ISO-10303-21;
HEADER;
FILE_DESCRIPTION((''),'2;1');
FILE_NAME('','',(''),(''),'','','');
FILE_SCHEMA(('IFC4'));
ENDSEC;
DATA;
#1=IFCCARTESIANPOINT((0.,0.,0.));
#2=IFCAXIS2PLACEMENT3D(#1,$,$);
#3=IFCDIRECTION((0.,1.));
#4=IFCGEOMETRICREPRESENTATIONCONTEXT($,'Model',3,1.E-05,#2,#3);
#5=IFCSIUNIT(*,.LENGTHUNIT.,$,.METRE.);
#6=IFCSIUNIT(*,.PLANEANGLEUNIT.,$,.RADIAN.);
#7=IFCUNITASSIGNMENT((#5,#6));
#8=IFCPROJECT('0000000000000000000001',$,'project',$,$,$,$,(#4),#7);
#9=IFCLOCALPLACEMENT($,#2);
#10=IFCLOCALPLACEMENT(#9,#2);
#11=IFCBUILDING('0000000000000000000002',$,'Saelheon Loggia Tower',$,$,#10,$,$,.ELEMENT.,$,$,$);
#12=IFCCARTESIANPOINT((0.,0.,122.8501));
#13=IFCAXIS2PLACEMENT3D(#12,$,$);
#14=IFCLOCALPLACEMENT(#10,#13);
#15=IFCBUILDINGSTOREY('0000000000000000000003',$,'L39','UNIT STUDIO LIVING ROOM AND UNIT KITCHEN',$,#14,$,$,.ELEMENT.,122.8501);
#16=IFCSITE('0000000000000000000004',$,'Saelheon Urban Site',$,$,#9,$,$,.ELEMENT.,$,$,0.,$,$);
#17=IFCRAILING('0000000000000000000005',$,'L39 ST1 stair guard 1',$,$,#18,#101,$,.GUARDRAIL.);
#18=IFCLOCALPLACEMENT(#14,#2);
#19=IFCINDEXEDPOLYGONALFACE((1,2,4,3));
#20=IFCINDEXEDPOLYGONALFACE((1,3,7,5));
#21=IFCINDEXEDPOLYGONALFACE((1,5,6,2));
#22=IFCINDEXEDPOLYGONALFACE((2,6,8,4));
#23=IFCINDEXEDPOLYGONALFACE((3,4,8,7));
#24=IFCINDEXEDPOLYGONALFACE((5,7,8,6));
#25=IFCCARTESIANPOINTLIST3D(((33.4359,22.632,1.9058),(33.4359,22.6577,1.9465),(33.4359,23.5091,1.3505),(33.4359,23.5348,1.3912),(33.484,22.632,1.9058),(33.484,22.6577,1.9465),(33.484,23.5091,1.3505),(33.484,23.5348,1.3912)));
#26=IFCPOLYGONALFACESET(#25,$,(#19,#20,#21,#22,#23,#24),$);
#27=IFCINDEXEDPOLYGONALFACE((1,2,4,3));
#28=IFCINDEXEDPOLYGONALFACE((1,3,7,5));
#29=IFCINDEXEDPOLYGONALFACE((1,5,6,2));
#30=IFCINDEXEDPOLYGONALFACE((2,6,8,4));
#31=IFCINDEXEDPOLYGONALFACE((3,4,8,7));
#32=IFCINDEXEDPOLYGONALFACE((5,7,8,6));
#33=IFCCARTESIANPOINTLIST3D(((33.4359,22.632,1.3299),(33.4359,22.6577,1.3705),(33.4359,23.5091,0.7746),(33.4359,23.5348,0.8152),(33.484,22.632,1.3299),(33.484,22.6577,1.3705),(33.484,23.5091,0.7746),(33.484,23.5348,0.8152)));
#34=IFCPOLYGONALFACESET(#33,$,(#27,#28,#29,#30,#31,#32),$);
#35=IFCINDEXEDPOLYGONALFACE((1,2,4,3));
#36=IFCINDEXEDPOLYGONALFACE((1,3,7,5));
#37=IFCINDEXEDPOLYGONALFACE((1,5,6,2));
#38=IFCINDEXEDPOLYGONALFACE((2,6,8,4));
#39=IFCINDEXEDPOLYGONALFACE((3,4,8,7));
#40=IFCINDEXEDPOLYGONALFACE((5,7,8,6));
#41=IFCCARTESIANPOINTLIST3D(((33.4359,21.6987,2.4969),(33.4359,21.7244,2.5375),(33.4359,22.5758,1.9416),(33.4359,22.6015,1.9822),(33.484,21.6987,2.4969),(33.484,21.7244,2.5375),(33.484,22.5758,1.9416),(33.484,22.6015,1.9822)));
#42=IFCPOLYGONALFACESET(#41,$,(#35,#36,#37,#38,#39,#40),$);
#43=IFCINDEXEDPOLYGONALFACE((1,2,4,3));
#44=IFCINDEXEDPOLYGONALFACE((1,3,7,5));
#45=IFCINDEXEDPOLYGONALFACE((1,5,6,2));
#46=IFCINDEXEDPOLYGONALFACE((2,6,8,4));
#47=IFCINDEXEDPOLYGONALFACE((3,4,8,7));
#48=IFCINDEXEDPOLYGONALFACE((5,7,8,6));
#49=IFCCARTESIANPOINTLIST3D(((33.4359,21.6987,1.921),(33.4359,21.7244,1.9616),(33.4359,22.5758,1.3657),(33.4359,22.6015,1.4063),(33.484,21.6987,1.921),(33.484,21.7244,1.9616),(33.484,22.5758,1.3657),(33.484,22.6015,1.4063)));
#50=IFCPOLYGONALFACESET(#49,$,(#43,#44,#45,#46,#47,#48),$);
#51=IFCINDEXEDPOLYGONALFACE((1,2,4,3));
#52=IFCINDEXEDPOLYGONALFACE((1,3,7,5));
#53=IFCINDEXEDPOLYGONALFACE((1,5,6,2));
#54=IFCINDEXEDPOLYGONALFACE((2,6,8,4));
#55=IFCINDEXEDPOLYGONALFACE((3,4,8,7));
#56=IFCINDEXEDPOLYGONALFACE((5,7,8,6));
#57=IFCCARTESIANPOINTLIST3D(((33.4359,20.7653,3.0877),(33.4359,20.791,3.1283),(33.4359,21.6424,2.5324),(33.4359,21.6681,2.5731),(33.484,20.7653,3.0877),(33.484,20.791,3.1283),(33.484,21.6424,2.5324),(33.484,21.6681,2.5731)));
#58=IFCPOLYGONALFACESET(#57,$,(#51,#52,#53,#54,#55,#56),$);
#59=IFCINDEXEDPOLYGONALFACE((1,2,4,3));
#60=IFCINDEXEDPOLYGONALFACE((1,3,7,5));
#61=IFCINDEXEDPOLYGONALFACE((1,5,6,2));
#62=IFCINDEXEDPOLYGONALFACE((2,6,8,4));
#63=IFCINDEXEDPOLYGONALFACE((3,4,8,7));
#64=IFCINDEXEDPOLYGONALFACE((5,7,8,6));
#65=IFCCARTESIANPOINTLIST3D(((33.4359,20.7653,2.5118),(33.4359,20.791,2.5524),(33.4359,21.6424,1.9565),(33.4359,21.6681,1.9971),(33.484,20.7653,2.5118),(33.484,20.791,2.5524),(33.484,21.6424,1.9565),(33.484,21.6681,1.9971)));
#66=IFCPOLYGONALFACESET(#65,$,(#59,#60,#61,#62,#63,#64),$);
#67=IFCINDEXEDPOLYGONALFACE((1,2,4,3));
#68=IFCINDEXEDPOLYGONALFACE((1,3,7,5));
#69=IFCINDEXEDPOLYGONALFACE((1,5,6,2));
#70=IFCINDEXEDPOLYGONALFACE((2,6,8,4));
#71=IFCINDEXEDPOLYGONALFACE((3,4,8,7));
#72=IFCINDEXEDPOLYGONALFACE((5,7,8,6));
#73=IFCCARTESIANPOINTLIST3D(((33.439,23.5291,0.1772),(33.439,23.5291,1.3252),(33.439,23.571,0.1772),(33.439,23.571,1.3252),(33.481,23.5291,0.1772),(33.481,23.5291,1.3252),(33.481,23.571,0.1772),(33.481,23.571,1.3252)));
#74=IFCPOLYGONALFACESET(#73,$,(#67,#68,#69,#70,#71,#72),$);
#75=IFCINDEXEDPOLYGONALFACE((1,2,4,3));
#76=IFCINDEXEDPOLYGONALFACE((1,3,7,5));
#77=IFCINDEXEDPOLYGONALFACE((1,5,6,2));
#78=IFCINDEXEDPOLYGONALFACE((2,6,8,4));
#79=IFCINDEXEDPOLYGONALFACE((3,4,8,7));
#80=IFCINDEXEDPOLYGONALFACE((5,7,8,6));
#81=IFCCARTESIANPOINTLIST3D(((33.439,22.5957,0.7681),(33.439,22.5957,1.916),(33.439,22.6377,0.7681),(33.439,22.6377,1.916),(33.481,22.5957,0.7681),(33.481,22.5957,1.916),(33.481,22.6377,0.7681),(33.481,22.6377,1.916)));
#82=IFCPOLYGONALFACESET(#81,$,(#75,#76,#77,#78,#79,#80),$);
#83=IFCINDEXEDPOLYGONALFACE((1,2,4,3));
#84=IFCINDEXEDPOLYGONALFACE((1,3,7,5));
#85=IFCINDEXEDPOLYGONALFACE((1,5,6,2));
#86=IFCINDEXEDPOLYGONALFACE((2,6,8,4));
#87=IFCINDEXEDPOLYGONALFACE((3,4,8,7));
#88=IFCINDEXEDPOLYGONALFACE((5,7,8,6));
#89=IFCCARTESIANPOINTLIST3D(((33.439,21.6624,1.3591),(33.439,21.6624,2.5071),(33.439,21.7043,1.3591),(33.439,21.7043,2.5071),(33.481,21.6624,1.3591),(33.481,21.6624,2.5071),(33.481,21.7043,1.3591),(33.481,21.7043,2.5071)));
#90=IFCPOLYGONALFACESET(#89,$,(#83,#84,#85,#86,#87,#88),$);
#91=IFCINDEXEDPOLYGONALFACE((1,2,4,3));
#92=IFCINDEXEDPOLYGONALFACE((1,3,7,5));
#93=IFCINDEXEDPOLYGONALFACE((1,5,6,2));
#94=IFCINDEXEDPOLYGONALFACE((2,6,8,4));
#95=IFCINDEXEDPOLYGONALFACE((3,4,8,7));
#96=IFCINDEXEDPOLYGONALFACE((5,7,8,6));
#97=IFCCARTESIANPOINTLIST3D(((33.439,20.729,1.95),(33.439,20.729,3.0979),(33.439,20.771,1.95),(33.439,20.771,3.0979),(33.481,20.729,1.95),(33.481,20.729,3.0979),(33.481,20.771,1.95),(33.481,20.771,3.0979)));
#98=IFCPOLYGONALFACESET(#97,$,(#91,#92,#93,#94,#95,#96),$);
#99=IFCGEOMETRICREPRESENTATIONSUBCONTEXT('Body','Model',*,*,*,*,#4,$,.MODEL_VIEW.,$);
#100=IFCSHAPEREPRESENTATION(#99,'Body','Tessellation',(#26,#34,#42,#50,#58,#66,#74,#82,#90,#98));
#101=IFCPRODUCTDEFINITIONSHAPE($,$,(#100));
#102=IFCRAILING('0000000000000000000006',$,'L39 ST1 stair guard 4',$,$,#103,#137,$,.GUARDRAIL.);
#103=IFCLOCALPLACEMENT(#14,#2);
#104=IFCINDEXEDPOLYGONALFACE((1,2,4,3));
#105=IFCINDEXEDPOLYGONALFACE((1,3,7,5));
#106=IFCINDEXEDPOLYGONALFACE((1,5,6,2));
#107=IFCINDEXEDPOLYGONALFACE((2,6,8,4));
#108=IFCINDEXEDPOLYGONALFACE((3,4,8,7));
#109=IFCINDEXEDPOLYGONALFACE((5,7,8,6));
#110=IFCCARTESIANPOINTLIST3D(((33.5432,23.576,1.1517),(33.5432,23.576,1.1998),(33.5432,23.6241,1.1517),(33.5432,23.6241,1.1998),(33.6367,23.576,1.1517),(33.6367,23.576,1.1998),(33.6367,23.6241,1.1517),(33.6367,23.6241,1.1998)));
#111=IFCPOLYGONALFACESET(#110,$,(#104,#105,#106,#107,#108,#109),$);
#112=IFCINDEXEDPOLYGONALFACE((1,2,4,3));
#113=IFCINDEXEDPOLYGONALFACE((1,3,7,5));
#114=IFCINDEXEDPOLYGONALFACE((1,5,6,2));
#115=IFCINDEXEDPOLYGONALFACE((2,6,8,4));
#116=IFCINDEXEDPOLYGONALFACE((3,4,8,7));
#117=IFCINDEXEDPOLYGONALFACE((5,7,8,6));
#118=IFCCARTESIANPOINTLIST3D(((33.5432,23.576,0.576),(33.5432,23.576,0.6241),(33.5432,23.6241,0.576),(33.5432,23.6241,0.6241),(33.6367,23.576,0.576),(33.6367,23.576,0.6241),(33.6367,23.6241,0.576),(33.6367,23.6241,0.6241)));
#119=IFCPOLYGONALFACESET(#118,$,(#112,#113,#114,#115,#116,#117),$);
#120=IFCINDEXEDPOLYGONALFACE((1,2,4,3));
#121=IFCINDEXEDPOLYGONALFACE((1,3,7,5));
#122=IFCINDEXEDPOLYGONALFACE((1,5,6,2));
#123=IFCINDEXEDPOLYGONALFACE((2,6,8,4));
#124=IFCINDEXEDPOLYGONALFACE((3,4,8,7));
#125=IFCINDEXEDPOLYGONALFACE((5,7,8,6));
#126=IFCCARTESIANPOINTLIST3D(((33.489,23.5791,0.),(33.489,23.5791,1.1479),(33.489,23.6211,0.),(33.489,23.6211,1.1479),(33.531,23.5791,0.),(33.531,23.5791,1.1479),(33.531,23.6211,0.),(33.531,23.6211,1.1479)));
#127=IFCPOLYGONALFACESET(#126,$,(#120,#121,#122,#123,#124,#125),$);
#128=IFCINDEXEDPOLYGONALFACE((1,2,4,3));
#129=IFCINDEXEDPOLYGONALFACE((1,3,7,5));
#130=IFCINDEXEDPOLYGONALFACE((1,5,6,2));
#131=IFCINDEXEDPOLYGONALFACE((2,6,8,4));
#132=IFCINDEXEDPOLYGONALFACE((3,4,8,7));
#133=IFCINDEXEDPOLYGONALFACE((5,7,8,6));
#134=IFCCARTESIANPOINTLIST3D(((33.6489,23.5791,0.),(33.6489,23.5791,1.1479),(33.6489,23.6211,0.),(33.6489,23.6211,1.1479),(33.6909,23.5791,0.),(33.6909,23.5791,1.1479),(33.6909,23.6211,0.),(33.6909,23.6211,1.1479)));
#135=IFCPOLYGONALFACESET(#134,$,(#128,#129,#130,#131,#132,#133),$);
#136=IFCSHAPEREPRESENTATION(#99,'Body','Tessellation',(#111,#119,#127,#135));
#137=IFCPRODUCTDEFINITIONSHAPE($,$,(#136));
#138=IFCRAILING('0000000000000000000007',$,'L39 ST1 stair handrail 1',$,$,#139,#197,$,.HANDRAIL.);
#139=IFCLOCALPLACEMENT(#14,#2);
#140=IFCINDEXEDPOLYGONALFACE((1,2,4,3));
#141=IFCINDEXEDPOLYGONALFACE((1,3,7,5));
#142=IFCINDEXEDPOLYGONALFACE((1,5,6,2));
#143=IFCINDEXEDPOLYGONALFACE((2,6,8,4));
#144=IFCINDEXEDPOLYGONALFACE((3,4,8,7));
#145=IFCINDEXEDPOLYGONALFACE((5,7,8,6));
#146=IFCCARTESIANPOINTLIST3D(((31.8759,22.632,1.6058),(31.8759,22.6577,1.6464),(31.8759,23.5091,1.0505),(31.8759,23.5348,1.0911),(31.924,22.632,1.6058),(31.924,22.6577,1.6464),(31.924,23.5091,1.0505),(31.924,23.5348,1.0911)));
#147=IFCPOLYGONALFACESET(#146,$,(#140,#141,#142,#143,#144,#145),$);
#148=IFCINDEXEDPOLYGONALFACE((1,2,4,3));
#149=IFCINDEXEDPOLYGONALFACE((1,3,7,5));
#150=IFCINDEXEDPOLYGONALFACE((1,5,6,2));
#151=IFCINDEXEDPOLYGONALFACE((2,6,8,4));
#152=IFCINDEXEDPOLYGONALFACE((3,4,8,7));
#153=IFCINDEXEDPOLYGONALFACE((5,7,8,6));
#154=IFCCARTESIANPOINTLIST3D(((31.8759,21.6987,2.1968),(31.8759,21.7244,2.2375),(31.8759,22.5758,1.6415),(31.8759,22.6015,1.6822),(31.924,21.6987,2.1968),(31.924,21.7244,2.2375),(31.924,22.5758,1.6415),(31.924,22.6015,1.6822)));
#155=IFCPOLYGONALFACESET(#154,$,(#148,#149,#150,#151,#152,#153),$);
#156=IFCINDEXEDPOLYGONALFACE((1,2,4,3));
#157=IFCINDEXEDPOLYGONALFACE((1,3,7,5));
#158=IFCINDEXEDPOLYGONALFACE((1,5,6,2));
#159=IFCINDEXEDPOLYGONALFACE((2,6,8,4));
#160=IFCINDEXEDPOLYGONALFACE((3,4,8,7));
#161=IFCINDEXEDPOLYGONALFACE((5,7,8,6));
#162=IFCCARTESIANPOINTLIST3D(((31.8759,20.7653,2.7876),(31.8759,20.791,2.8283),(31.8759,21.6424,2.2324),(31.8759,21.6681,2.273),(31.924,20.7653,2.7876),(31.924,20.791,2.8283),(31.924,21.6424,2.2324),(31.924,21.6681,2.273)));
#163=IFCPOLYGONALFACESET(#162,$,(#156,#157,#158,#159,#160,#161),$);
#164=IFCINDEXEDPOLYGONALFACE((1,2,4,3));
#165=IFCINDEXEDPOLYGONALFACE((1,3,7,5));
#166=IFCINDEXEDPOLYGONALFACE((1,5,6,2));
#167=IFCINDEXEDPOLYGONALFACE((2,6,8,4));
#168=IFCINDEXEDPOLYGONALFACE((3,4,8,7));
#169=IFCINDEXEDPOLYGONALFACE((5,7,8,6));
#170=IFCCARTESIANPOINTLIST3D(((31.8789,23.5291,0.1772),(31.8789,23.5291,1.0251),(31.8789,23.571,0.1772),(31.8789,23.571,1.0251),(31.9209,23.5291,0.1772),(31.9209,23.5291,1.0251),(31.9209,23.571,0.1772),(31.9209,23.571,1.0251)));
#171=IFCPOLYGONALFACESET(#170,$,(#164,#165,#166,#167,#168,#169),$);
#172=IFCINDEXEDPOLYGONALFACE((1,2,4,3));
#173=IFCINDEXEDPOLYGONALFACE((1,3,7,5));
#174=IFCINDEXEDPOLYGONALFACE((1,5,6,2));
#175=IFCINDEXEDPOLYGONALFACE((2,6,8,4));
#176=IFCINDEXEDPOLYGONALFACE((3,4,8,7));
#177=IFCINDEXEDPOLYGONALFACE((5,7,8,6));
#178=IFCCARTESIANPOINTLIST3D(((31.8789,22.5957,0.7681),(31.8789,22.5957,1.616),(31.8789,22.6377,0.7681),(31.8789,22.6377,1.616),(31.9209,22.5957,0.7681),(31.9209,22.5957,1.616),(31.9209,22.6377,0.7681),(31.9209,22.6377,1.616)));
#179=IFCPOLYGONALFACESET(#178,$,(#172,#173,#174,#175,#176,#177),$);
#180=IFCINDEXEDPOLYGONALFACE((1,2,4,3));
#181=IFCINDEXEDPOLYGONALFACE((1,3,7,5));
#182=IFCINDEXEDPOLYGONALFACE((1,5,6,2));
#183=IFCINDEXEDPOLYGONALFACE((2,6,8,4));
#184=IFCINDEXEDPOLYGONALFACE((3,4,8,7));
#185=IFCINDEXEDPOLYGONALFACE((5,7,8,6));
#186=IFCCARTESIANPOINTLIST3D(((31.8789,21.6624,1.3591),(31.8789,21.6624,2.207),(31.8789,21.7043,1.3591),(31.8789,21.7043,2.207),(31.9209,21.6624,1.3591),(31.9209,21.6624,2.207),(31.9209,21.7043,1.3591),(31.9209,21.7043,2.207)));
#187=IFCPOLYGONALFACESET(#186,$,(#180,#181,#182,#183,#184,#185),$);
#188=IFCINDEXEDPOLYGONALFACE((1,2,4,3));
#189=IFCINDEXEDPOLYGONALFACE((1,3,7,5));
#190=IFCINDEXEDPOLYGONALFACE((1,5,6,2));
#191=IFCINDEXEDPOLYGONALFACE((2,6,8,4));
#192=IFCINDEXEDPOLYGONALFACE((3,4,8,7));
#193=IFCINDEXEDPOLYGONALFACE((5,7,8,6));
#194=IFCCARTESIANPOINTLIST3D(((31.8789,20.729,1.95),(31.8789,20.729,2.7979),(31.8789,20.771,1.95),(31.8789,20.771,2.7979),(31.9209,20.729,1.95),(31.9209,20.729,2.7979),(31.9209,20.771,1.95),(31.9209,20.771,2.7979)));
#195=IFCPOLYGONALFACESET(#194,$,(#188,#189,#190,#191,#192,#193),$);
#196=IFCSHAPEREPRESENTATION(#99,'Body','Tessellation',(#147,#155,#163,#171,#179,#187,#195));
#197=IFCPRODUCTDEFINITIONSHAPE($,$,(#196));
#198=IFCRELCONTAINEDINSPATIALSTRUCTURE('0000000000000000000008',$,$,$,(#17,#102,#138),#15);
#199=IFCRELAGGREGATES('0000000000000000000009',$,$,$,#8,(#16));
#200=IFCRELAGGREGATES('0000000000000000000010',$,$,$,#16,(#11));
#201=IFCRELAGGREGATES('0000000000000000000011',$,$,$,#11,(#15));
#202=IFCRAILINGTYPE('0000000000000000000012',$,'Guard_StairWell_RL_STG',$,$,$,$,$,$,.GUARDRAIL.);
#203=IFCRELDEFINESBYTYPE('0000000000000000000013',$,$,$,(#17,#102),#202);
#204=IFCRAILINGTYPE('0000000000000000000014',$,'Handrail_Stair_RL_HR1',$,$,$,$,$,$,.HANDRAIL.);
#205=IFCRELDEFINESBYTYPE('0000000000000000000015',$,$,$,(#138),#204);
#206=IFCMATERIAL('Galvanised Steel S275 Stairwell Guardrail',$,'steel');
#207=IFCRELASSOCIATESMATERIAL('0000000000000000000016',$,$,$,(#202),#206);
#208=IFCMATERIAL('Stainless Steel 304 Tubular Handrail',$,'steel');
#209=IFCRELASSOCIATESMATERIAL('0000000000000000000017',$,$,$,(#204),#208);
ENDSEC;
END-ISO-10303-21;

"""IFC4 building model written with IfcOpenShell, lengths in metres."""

from ifc_helpers import new_model, si_unit, direction, frame, origin, origin_2d, place, context, subcontext, project, spatial, rectangle, extrude, material, type_object, element, save


model = new_model("IFC4")

# Units and contexts
model_context = context("Model", 3, precision=1e-05, world=origin(), true_north=direction((0.0, 1.0)))
body_context = subcontext(model_context, "Body", "Model", "MODEL_VIEW")
ifc_project = project(units=[si_unit("LENGTHUNIT", "METRE"), si_unit("PLANEANGLEUNIT", "RADIAN")], contexts=[model_context])

# Site, building, storey
site_placement = place(None, origin())
site = spatial("IfcSite", under=ifc_project, at=site_placement, Name="Saelheon Urban Site", CompositionType="ELEMENT", RefElevation=0.0)
building_placement = place(site_placement, origin())
building = spatial("IfcBuilding", under=site, at=building_placement, Name="Saelheon Loggia Tower", CompositionType="ELEMENT")
storey_placement = place(building_placement, frame((0.0, 0.0, 122.8501)))
storey = spatial("IfcBuildingStorey", under=building, at=storey_placement, Name="L39", Description="UNIT STUDIO LIVING ROOM AND UNIT KITCHEN", CompositionType="ELEMENT", Elevation=122.8501)

# Railings
ifc_material_1 = material(Name="Galvanised Steel S275 Stairwell Guardrail", Category="steel")
railing_type_1 = type_object("IfcRailingType", Name="Guard_StairWell_RL_STG", PredefinedType="GUARDRAIL", material=ifc_material_1)
railing_1_placement = place(storey_placement, frame((33.46, 23.55, 0.1772)))
element("IfcRailing", 1, at=railing_1_placement, inside=storey, type_object=railing_type_1, Name="L39 ST1 stair guard 1", PredefinedType="GUARDRAIL", context=body_context, shape_type="SweptSolid", body=[
    extrude(rectangle(XDim=0.0481, YDim=0.0481, at=origin_2d()), frame((0.0, -0.0281, 1.1936), z_axis=(0.0, -0.844909, 0.53491), x_axis=(1.0, 0.0, 0.0)), (0.0, 0.0, 1.0), 1.0381),
    extrude(rectangle(XDim=0.0481, YDim=0.0481, at=origin_2d()), frame((0.0, -0.0281, 0.6177), z_axis=(0.0, -0.844909, 0.53491), x_axis=(1.0, 0.0, 0.0)), (0.0, 0.0, 1.0), 1.0381),
    extrude(rectangle(XDim=0.0481, YDim=0.0481, at=origin_2d()), frame((0.0, -0.9614, 1.7847), z_axis=(0.0, -0.844909, 0.53491), x_axis=(1.0, 0.0, 0.0)), (0.0, 0.0, 1.0), 1.0381),
    extrude(rectangle(XDim=0.0481, YDim=0.0481, at=origin_2d()), frame((0.0, -0.9614, 1.2087), z_axis=(0.0, -0.844909, 0.53491), x_axis=(1.0, 0.0, 0.0)), (0.0, 0.0, 1.0), 1.0381),
    extrude(rectangle(XDim=0.0481, YDim=0.0481, at=origin_2d()), frame((0.0, -1.8948, 2.3755), z_axis=(0.0, -0.844909, 0.53491), x_axis=(1.0, 0.0, 0.0)), (0.0, 0.0, 1.0), 1.0381),
    extrude(rectangle(XDim=0.0481, YDim=0.0481, at=origin_2d()), frame((0.0, -1.8948, 1.7996), z_axis=(0.0, -0.844909, 0.53491), x_axis=(1.0, 0.0, 0.0)), (0.0, 0.0, 1.0), 1.0381),
    extrude(rectangle(XDim=0.042, YDim=0.042, at=origin_2d()), origin(), (0.0, 0.0, 1.0), 1.1479),
    extrude(rectangle(XDim=0.042, YDim=0.042, at=origin_2d()), frame((0.0, -0.9333, 0.5908)), (0.0, 0.0, 1.0), 1.1479),
    extrude(rectangle(XDim=0.042, YDim=0.042, at=origin_2d()), frame((0.0, -1.8667, 1.1819)), (0.0, 0.0, 1.0), 1.1479),
    extrude(rectangle(XDim=0.042, YDim=0.042, at=origin_2d()), frame((0.0, -2.8, 1.7727)), (0.0, 0.0, 1.0), 1.1479),
])
railing_2_placement = place(storey_placement, frame((33.51, 23.6001, 0.0)))
element("IfcRailing", 2, at=railing_2_placement, inside=storey, type_object=railing_type_1, Name="L39 ST1 stair guard 4", PredefinedType="GUARDRAIL", context=body_context, shape_type="SweptSolid", body=[
    extrude(rectangle(XDim=0.0481, YDim=0.0481, at=origin_2d()), frame((0.0332, 0.0, 1.1758), z_axis=(1.0, 0.0, 0.0), x_axis=(0.0, 1.0, 0.0)), (0.0, 0.0, 1.0), 0.0935),
    extrude(rectangle(XDim=0.0481, YDim=0.0481, at=origin_2d()), frame((0.0332, 0.0, 0.6001), z_axis=(1.0, 0.0, 0.0), x_axis=(0.0, 1.0, 0.0)), (0.0, 0.0, 1.0), 0.0935),
    extrude(rectangle(XDim=0.042, YDim=0.042, at=origin_2d()), origin(), (0.0, 0.0, 1.0), 1.1479),
    extrude(rectangle(XDim=0.042, YDim=0.042, at=origin_2d()), frame((0.1599, 0.0, 0.0)), (0.0, 0.0, 1.0), 1.1479),
])
ifc_material_2 = material(Name="Stainless Steel 304 Tubular Handrail", Category="steel")
railing_type_2 = type_object("IfcRailingType", Name="Handrail_Stair_RL_HR1", PredefinedType="HANDRAIL", material=ifc_material_2)
railing_3_placement = place(storey_placement, frame((31.8999, 23.55, 0.1772)))
element("IfcRailing", 3, at=railing_3_placement, inside=storey, type_object=railing_type_2, Name="L39 ST1 stair handrail 1", PredefinedType="HANDRAIL", context=body_context, shape_type="SweptSolid", body=[
    extrude(rectangle(XDim=0.0481, YDim=0.0481, at=origin_2d()), frame((0.0, -0.0281, 0.8936), z_axis=(0.0, -0.844909, 0.53491), x_axis=(1.0, 0.0, 0.0)), (0.0, 0.0, 1.0), 1.0381),
    extrude(rectangle(XDim=0.0481, YDim=0.0481, at=origin_2d()), frame((0.0, -0.9614, 1.4846), z_axis=(0.0, -0.844909, 0.53491), x_axis=(1.0, 0.0, 0.0)), (0.0, 0.0, 1.0), 1.0381),
    extrude(rectangle(XDim=0.0481, YDim=0.0481, at=origin_2d()), frame((0.0, -1.8948, 2.0754), z_axis=(0.0, -0.844909, 0.53491), x_axis=(1.0, 0.0, 0.0)), (0.0, 0.0, 1.0), 1.0381),
    extrude(rectangle(XDim=0.042, YDim=0.042, at=origin_2d()), origin(), (0.0, 0.0, 1.0), 0.8479),
    extrude(rectangle(XDim=0.042, YDim=0.042, at=origin_2d()), frame((0.0, -0.9333, 0.5908)), (0.0, 0.0, 1.0), 0.8479),
    extrude(rectangle(XDim=0.042, YDim=0.042, at=origin_2d()), frame((0.0, -1.8667, 1.1819)), (0.0, 0.0, 1.0), 0.8479),
    extrude(rectangle(XDim=0.042, YDim=0.042, at=origin_2d()), frame((0.0, -2.8, 1.7727)), (0.0, 0.0, 1.0), 0.8479),
])

save(model, "model.ifc")
